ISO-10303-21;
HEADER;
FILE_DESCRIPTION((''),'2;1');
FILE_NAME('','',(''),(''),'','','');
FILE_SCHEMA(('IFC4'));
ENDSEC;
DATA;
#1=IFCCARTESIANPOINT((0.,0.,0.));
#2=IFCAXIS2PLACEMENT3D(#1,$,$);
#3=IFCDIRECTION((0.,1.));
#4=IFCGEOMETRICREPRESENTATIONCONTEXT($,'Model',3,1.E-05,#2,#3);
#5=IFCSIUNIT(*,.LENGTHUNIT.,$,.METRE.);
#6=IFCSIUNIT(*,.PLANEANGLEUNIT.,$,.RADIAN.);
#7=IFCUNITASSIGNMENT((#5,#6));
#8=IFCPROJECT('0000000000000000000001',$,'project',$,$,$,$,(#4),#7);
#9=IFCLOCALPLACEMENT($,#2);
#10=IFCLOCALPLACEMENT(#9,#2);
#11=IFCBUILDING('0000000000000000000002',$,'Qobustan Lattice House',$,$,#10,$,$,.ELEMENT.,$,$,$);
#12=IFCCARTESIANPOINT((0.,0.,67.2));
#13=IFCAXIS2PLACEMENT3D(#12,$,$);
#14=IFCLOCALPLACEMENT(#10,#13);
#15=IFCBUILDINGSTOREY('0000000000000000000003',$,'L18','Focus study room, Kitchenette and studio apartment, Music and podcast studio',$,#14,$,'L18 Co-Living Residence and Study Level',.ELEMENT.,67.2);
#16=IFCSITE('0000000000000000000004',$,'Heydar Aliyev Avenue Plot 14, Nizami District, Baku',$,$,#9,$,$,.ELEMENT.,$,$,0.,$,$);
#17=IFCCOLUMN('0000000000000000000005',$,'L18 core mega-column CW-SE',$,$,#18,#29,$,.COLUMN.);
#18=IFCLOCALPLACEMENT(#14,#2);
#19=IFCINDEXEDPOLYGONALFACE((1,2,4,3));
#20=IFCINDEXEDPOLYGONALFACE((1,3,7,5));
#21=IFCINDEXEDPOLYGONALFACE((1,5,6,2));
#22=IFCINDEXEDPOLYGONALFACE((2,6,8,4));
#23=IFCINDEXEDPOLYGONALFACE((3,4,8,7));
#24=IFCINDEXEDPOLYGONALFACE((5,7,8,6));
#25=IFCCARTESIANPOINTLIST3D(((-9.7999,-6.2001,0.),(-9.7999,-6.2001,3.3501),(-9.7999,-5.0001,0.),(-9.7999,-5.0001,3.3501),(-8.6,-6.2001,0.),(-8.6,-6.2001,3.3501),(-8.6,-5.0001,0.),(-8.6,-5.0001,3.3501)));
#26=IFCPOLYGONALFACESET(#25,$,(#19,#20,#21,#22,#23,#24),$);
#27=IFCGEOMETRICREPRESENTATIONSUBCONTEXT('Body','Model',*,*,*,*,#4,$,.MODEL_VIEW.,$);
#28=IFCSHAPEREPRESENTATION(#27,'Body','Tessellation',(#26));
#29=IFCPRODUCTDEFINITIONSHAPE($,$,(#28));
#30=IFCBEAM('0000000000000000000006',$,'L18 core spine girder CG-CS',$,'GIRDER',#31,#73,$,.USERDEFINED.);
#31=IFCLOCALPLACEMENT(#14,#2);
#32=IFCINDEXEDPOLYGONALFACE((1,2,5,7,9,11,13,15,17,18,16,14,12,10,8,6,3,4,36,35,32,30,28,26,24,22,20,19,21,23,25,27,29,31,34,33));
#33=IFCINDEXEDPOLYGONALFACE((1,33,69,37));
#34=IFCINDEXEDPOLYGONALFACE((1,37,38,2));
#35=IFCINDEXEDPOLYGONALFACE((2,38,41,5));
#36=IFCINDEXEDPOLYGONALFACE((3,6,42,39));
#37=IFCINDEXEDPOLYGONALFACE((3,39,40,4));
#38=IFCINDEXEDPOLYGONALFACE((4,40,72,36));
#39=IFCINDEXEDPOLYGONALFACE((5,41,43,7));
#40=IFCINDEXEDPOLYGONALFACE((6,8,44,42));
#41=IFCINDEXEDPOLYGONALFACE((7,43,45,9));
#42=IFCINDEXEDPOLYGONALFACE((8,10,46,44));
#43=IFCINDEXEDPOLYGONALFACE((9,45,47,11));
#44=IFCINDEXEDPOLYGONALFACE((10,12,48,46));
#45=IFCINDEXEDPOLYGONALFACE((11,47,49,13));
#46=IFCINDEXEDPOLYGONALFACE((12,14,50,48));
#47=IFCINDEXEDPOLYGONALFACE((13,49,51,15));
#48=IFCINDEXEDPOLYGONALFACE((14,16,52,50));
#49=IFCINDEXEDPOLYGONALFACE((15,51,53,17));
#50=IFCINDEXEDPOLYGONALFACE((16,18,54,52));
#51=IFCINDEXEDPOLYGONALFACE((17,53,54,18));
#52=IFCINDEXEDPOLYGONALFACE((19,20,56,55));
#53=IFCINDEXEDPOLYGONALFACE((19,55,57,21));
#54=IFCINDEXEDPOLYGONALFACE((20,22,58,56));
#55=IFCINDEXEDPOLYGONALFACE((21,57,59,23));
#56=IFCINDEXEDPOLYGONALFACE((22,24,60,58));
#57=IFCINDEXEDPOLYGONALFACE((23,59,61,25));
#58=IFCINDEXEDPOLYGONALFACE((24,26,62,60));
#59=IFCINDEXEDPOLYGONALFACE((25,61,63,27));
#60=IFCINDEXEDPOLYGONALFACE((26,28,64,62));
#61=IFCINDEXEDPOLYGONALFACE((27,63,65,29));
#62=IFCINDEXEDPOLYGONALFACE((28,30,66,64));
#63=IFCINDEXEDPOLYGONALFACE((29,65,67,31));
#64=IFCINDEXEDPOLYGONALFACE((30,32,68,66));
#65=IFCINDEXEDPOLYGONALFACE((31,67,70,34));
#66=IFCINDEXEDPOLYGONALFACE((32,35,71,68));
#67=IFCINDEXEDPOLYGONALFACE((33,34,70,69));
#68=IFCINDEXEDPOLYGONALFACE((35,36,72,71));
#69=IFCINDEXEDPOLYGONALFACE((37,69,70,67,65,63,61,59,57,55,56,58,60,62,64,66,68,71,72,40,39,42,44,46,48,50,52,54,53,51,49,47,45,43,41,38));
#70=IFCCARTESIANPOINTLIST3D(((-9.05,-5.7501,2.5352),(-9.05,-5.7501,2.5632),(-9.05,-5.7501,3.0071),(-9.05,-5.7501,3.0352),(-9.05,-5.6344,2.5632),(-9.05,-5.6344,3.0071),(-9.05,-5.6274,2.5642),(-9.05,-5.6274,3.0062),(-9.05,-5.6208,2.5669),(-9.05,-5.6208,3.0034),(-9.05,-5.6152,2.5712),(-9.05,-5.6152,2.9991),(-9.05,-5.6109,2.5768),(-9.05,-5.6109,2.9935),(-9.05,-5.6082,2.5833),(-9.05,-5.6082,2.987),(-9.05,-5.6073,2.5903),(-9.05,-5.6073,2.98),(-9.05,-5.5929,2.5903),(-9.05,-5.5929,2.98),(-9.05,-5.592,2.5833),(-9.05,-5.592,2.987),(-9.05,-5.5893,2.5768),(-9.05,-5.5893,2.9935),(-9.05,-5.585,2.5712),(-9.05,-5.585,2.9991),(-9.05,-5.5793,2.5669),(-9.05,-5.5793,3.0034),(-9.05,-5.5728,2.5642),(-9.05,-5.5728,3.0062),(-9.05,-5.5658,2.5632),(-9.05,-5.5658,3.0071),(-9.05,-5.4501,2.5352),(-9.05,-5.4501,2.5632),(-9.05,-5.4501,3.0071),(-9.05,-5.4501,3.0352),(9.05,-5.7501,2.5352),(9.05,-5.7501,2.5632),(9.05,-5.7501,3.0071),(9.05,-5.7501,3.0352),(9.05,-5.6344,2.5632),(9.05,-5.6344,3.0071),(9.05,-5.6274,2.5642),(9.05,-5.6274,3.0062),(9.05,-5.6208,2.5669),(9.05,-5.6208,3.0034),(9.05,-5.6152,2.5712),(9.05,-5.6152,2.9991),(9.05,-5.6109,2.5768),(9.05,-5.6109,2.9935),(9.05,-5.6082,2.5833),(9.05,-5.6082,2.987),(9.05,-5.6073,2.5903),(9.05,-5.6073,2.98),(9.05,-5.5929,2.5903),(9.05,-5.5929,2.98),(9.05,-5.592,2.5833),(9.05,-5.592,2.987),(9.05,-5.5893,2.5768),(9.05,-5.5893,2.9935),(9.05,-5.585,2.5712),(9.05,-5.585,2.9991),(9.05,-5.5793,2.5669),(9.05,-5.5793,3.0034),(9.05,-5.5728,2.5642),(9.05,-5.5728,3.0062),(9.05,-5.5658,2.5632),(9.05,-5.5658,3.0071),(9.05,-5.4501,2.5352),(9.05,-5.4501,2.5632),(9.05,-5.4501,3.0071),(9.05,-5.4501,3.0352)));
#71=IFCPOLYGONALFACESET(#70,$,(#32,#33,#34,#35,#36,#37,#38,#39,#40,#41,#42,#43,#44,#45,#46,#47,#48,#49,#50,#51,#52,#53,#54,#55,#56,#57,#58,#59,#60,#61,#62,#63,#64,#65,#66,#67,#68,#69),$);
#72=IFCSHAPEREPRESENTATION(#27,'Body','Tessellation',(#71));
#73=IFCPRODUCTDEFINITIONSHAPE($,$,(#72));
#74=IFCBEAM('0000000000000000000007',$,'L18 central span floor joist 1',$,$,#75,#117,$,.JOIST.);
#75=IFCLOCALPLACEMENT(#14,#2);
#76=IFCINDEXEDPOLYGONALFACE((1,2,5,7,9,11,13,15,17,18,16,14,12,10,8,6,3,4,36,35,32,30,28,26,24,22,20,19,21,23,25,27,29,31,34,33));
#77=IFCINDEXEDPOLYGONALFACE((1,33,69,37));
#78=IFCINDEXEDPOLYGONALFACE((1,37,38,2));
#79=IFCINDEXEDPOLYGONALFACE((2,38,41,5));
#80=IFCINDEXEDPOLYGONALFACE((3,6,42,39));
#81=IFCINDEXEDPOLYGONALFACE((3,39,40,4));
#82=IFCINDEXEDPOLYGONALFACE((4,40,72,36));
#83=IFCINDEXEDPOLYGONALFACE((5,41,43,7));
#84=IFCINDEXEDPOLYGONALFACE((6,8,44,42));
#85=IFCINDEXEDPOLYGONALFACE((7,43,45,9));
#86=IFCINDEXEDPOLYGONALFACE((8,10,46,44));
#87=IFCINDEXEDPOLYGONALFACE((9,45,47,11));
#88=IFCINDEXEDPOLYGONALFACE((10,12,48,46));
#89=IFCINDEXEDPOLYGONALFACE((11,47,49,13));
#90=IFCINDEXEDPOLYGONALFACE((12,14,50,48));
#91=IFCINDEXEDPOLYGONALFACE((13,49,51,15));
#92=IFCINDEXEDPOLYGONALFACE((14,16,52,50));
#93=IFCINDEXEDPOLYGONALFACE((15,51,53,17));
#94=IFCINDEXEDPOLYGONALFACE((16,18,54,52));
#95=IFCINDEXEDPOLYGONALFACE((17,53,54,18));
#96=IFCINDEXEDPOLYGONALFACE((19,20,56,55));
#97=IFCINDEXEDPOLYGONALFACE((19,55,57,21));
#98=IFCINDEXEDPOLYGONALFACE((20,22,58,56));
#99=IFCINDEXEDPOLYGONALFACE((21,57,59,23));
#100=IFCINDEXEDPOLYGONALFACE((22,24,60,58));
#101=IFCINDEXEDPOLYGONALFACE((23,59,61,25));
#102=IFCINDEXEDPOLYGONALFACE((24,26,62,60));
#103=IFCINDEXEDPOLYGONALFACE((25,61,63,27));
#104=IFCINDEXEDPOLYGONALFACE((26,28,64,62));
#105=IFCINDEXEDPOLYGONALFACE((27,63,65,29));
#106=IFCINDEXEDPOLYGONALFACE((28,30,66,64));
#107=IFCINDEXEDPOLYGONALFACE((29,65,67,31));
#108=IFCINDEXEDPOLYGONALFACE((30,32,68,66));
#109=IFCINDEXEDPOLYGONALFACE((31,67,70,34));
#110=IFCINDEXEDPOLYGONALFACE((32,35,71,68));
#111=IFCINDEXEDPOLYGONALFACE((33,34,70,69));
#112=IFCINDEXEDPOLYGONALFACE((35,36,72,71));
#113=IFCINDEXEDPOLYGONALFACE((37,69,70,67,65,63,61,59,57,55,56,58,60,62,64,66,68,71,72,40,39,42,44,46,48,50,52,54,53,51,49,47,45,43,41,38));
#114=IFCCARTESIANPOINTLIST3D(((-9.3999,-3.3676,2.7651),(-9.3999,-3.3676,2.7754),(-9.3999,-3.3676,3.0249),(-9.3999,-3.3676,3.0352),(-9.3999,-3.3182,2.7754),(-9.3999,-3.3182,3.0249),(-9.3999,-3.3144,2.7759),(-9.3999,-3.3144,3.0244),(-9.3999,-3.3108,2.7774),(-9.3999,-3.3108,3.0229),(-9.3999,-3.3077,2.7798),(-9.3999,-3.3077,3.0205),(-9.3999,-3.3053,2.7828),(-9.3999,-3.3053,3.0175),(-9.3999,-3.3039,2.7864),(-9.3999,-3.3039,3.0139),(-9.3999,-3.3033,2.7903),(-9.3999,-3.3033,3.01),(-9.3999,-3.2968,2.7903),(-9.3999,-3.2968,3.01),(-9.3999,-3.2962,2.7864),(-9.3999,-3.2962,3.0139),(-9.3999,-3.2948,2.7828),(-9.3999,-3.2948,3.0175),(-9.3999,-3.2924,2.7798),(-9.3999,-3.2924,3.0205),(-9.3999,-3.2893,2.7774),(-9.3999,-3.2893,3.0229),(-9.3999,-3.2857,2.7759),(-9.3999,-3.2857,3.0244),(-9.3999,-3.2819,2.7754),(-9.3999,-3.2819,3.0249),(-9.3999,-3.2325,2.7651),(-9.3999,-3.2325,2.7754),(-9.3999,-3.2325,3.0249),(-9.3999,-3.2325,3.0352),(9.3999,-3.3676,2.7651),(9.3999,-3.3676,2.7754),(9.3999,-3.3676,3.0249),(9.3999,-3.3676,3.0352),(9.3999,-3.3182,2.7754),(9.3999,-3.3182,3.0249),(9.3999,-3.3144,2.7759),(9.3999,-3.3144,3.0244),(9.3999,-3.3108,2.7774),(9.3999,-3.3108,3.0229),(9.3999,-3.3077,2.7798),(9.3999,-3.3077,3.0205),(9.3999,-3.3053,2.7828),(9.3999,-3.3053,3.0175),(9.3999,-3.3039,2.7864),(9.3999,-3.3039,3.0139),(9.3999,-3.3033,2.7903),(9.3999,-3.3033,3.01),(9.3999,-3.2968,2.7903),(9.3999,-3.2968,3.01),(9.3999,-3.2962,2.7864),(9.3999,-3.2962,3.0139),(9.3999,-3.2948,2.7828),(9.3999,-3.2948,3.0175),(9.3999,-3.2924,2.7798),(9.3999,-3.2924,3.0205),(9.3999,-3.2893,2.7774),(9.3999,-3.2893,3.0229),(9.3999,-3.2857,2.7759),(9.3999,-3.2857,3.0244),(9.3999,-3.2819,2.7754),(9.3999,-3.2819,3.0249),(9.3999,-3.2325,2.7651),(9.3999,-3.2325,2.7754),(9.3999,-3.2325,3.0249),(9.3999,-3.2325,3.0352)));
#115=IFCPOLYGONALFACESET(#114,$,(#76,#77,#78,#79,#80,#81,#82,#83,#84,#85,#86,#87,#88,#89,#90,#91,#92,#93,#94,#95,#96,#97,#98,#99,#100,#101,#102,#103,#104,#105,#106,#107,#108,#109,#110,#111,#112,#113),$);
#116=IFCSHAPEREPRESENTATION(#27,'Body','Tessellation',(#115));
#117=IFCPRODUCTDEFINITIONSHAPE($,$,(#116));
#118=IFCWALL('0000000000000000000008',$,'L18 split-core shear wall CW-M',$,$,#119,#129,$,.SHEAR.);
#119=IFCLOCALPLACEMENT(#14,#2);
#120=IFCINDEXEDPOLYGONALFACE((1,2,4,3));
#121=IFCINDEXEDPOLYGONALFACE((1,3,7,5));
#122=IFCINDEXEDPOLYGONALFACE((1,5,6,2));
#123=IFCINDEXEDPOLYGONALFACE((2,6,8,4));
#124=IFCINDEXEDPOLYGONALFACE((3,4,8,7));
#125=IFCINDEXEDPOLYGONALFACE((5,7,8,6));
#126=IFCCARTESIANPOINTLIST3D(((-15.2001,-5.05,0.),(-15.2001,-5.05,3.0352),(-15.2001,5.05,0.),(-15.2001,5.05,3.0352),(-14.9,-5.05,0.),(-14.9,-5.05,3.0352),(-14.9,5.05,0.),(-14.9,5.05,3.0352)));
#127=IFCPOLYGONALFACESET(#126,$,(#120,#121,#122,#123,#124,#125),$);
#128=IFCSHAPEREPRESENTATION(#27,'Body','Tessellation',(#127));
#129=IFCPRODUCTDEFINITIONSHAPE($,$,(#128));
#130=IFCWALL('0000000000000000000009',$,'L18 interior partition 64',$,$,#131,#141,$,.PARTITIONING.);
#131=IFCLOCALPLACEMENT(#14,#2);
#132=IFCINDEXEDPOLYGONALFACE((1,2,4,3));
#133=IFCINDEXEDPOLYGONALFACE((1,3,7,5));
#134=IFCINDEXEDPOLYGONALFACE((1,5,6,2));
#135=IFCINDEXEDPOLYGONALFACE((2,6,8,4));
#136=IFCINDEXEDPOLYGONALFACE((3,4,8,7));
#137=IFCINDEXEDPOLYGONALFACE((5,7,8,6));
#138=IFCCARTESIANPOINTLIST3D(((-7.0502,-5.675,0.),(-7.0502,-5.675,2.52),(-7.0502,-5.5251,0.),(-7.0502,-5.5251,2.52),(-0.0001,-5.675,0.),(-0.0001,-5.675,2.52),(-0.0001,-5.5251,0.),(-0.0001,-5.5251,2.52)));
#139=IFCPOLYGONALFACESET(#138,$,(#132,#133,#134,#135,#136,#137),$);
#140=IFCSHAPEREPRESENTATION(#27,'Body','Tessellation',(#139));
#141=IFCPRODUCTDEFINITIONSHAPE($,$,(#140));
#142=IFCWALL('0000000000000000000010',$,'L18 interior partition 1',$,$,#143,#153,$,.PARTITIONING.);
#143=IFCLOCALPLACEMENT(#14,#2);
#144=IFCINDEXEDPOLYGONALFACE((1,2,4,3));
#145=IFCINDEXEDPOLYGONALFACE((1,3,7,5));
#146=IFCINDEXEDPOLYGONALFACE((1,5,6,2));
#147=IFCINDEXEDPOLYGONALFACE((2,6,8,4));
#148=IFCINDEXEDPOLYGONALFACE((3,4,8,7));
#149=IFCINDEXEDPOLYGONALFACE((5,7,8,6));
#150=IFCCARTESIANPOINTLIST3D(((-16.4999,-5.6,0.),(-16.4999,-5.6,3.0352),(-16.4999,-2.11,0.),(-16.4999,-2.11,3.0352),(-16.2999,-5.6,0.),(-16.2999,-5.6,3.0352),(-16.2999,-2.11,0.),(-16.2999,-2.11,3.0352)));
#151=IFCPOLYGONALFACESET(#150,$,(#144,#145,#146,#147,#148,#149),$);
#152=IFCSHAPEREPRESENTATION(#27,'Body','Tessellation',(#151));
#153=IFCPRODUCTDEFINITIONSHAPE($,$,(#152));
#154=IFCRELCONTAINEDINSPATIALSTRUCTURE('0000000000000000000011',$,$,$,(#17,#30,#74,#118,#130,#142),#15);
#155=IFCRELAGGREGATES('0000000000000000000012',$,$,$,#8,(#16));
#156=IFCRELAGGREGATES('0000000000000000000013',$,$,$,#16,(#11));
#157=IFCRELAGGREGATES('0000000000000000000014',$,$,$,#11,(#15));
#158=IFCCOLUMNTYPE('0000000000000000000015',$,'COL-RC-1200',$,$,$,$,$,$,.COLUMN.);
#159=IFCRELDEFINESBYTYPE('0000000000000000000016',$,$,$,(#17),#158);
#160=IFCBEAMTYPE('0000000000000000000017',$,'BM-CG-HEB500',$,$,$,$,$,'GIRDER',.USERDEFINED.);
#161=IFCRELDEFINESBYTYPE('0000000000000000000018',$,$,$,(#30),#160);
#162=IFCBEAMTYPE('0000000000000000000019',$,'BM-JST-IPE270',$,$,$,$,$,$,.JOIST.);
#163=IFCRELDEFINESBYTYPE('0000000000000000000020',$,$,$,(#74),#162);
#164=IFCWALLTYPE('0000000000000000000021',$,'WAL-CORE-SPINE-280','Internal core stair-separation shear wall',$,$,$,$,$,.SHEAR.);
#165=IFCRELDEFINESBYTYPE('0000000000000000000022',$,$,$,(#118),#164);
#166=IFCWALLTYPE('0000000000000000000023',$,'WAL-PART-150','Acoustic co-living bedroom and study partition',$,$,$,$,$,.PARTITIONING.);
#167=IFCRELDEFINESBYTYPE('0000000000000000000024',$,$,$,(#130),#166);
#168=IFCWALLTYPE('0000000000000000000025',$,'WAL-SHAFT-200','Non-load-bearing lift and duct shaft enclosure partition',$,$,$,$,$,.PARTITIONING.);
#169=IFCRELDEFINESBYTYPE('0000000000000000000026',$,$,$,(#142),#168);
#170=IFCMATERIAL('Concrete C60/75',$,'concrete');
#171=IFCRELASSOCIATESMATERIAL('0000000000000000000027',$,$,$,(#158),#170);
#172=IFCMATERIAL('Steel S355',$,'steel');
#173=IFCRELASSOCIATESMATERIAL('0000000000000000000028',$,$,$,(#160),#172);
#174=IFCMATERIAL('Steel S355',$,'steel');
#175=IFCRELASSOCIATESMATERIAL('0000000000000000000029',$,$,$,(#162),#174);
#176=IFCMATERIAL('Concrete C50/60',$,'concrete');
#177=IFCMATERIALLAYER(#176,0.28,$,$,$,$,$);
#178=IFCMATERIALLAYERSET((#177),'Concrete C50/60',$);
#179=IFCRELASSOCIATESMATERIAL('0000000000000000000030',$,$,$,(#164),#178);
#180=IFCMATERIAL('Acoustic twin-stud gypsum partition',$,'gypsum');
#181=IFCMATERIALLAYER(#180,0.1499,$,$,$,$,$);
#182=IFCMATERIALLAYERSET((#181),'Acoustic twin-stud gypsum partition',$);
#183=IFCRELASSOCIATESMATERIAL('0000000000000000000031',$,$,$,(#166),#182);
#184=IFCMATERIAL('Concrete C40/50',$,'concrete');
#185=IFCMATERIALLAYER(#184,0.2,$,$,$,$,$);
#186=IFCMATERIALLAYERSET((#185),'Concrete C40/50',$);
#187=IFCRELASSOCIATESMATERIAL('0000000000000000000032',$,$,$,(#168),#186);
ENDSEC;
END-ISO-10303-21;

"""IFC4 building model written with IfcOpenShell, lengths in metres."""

from ifc_helpers import new_model, si_unit, direction, frame, frame_2d, origin, origin_2d, place, context, subcontext, project, spatial, rectangle, i_section, extrude, material, layer, layer_set, material_profile, profile_set, type_object, element, save


model = new_model("IFC4")

# Units and contexts
model_context = context("Model", 3, precision=1e-05, world=origin(), true_north=direction((0.0, 1.0)))
body_context = subcontext(model_context, "Body", "Model", "MODEL_VIEW")
ifc_project = project(units=[si_unit("LENGTHUNIT", "METRE"), si_unit("PLANEANGLEUNIT", "RADIAN")], contexts=[model_context])

# Site, building, storey
site_placement = place(None, origin())
site = spatial("IfcSite", under=ifc_project, at=site_placement, Name="Heydar Aliyev Avenue Plot 14, Nizami District, Baku", CompositionType="ELEMENT", RefElevation=0.0)
building_placement = place(site_placement, origin())
building = spatial("IfcBuilding", under=site, at=building_placement, Name="Qobustan Lattice House", CompositionType="ELEMENT")
storey_placement = place(building_placement, frame((0.0, 0.0, 67.2)))
storey = spatial("IfcBuildingStorey", under=building, at=storey_placement, Name="L18", Description="Focus study room, Kitchenette and studio apartment, Music and podcast studio", LongName="L18 Co-Living Residence and Study Level", CompositionType="ELEMENT", Elevation=67.2)

# Column
ifc_material_1 = material(Name="Concrete C60/75", Category="concrete")
ifc_material_profile_1 = material_profile(ifc_material_1, rectangle(XDim=1.2, YDim=1.2, at=origin_2d()), Name="RC1200x1200")
ifc_profile_set_1 = profile_set([ifc_material_profile_1], Name="Concrete C60/75")
column_type = type_object("IfcColumnType", Name="COL-RC-1200", PredefinedType="COLUMN", material=ifc_profile_set_1)
column_placement = place(storey_placement, frame((-9.2, -5.6001, 0.0), z_axis=(0.0, 0.0, 1.0), x_axis=(1.0, 0.0, 0.0)))
element("IfcColumn", 1, at=column_placement, inside=storey, type_object=column_type, Name="L18 core mega-column CW-SE", PredefinedType="COLUMN", context=body_context, shape_type="SweptSolid", body=[
    extrude(rectangle(XDim=1.2, YDim=1.2, at=origin_2d()), origin(), (0.0, 0.0, 1.0), 3.3501),
])

# Beams
ifc_material_2 = material(Name="Steel S355", Category="steel")
ifc_material_profile_2 = material_profile(ifc_material_2, i_section(OverallWidth=0.3, OverallDepth=0.5, WebThickness=0.0144, FlangeThickness=0.0281, FilletRadius=0.0271, at=origin_2d()), Name="HEB500")
ifc_profile_set_2 = profile_set([ifc_material_profile_2], Name="Steel S355")
beam_type_1 = type_object("IfcBeamType", Name="BM-CG-HEB500", ElementType="GIRDER", PredefinedType="USERDEFINED", material=ifc_profile_set_2)
beam_1_placement = place(storey_placement, frame((-9.05, -5.6001, 2.7852), z_axis=(1.0, 0.0, 0.0), x_axis=(0.0, 1.0, 0.0)))
element("IfcBeam", 2, at=beam_1_placement, inside=storey, type_object=beam_type_1, Name="L18 core spine girder CG-CS", ObjectType="GIRDER", PredefinedType="USERDEFINED", context=body_context, shape_type="SweptSolid", body=[
    extrude(i_section(OverallWidth=0.3, OverallDepth=0.5, WebThickness=0.0144, FlangeThickness=0.0281, FilletRadius=0.0271, at=origin_2d()), origin(), (0.0, 0.0, 1.0), 18.1001),
])
ifc_material_3 = material(Name="Steel S355", Category="steel")
ifc_material_profile_3 = material_profile(ifc_material_3, i_section(OverallWidth=0.135, OverallDepth=0.27, WebThickness=0.0066, FlangeThickness=0.0103, FilletRadius=0.0149, at=origin_2d()), Name="IPE270")
ifc_profile_set_3 = profile_set([ifc_material_profile_3], Name="Steel S355")
beam_type_2 = type_object("IfcBeamType", Name="BM-JST-IPE270", PredefinedType="JOIST", material=ifc_profile_set_3)
beam_2_placement = place(storey_placement, frame((-9.3999, -3.3, 2.9001), z_axis=(1.0, 0.0, 0.0), x_axis=(0.0, 1.0, 0.0)))
element("IfcBeam", 3, at=beam_2_placement, inside=storey, type_object=beam_type_2, Name="L18 central span floor joist 1", PredefinedType="JOIST", context=body_context, shape_type="SweptSolid", body=[
    extrude(i_section(OverallWidth=0.135, OverallDepth=0.27, WebThickness=0.0066, FlangeThickness=0.0103, FilletRadius=0.0149, at=origin_2d()), origin(), (0.0, 0.0, 1.0), 18.7998),
])

# Wall
ifc_material_4 = material(Name="Concrete C50/60", Category="concrete")
ifc_layer_1 = layer(ifc_material_4, 0.28)
ifc_layer_set_1 = layer_set([ifc_layer_1], Name="Concrete C50/60")
wall_type_1 = type_object("IfcWallType", Name="WAL-CORE-SPINE-280", Description="Internal core stair-separation shear wall", PredefinedType="SHEAR", material=ifc_layer_set_1)
wall_1_placement = place(storey_placement, frame((-15.05, -5.05, 0.0), z_axis=(0.0, 0.0, 1.0), x_axis=(0.0, 1.0, 0.0)))
element("IfcWall", 4, at=wall_1_placement, inside=storey, type_object=wall_type_1, Name="L18 split-core shear wall CW-M", PredefinedType="SHEAR", context=body_context, shape_type="SweptSolid", body=[
    extrude(rectangle(XDim=10.1001, YDim=0.3, at=frame_2d((5.05, 0.0))), origin(), (0.0, 0.0, 1.0), 3.0352),
])

# Walls
ifc_material_5 = material(Name="Acoustic twin-stud gypsum partition", Category="gypsum")
ifc_layer_2 = layer(ifc_material_5, 0.1499)
ifc_layer_set_2 = layer_set([ifc_layer_2], Name="Acoustic twin-stud gypsum partition")
wall_type_2 = type_object("IfcWallType", Name="WAL-PART-150", Description="Acoustic co-living bedroom and study partition", PredefinedType="PARTITIONING", material=ifc_layer_set_2)
wall_2_placement = place(storey_placement, frame((-7.05, -5.6001, 0.0), z_axis=(0.0, 0.0, 1.0), x_axis=(1.0, 0.0, 0.0)))
element("IfcWall", 5, at=wall_2_placement, inside=storey, type_object=wall_type_2, Name="L18 interior partition 64", PredefinedType="PARTITIONING", context=body_context, shape_type="SweptSolid", body=[
    extrude(rectangle(XDim=7.05, YDim=0.1499, at=frame_2d((3.5249, 0.0))), origin(), (0.0, 0.0, 1.0), 2.52),
])
ifc_material_6 = material(Name="Concrete C40/50", Category="concrete")
ifc_layer_3 = layer(ifc_material_6, 0.2)
ifc_layer_set_3 = layer_set([ifc_layer_3], Name="Concrete C40/50")
wall_type_3 = type_object("IfcWallType", Name="WAL-SHAFT-200", Description="Non-load-bearing lift and duct shaft enclosure partition", PredefinedType="PARTITIONING", material=ifc_layer_set_3)
wall_3_placement = place(storey_placement, frame((-16.3999, -5.6001, 0.0), z_axis=(0.0, 0.0, 1.0), x_axis=(0.0, 1.0, 0.0)))
element("IfcWall", 6, at=wall_3_placement, inside=storey, type_object=wall_type_3, Name="L18 interior partition 1", PredefinedType="PARTITIONING", context=body_context, shape_type="SweptSolid", body=[
    extrude(rectangle(XDim=3.49, YDim=0.2, at=frame_2d((1.7451, 0.0))), origin(), (0.0, 0.0, 1.0), 3.0352),
])

save(model, "model.ifc")
